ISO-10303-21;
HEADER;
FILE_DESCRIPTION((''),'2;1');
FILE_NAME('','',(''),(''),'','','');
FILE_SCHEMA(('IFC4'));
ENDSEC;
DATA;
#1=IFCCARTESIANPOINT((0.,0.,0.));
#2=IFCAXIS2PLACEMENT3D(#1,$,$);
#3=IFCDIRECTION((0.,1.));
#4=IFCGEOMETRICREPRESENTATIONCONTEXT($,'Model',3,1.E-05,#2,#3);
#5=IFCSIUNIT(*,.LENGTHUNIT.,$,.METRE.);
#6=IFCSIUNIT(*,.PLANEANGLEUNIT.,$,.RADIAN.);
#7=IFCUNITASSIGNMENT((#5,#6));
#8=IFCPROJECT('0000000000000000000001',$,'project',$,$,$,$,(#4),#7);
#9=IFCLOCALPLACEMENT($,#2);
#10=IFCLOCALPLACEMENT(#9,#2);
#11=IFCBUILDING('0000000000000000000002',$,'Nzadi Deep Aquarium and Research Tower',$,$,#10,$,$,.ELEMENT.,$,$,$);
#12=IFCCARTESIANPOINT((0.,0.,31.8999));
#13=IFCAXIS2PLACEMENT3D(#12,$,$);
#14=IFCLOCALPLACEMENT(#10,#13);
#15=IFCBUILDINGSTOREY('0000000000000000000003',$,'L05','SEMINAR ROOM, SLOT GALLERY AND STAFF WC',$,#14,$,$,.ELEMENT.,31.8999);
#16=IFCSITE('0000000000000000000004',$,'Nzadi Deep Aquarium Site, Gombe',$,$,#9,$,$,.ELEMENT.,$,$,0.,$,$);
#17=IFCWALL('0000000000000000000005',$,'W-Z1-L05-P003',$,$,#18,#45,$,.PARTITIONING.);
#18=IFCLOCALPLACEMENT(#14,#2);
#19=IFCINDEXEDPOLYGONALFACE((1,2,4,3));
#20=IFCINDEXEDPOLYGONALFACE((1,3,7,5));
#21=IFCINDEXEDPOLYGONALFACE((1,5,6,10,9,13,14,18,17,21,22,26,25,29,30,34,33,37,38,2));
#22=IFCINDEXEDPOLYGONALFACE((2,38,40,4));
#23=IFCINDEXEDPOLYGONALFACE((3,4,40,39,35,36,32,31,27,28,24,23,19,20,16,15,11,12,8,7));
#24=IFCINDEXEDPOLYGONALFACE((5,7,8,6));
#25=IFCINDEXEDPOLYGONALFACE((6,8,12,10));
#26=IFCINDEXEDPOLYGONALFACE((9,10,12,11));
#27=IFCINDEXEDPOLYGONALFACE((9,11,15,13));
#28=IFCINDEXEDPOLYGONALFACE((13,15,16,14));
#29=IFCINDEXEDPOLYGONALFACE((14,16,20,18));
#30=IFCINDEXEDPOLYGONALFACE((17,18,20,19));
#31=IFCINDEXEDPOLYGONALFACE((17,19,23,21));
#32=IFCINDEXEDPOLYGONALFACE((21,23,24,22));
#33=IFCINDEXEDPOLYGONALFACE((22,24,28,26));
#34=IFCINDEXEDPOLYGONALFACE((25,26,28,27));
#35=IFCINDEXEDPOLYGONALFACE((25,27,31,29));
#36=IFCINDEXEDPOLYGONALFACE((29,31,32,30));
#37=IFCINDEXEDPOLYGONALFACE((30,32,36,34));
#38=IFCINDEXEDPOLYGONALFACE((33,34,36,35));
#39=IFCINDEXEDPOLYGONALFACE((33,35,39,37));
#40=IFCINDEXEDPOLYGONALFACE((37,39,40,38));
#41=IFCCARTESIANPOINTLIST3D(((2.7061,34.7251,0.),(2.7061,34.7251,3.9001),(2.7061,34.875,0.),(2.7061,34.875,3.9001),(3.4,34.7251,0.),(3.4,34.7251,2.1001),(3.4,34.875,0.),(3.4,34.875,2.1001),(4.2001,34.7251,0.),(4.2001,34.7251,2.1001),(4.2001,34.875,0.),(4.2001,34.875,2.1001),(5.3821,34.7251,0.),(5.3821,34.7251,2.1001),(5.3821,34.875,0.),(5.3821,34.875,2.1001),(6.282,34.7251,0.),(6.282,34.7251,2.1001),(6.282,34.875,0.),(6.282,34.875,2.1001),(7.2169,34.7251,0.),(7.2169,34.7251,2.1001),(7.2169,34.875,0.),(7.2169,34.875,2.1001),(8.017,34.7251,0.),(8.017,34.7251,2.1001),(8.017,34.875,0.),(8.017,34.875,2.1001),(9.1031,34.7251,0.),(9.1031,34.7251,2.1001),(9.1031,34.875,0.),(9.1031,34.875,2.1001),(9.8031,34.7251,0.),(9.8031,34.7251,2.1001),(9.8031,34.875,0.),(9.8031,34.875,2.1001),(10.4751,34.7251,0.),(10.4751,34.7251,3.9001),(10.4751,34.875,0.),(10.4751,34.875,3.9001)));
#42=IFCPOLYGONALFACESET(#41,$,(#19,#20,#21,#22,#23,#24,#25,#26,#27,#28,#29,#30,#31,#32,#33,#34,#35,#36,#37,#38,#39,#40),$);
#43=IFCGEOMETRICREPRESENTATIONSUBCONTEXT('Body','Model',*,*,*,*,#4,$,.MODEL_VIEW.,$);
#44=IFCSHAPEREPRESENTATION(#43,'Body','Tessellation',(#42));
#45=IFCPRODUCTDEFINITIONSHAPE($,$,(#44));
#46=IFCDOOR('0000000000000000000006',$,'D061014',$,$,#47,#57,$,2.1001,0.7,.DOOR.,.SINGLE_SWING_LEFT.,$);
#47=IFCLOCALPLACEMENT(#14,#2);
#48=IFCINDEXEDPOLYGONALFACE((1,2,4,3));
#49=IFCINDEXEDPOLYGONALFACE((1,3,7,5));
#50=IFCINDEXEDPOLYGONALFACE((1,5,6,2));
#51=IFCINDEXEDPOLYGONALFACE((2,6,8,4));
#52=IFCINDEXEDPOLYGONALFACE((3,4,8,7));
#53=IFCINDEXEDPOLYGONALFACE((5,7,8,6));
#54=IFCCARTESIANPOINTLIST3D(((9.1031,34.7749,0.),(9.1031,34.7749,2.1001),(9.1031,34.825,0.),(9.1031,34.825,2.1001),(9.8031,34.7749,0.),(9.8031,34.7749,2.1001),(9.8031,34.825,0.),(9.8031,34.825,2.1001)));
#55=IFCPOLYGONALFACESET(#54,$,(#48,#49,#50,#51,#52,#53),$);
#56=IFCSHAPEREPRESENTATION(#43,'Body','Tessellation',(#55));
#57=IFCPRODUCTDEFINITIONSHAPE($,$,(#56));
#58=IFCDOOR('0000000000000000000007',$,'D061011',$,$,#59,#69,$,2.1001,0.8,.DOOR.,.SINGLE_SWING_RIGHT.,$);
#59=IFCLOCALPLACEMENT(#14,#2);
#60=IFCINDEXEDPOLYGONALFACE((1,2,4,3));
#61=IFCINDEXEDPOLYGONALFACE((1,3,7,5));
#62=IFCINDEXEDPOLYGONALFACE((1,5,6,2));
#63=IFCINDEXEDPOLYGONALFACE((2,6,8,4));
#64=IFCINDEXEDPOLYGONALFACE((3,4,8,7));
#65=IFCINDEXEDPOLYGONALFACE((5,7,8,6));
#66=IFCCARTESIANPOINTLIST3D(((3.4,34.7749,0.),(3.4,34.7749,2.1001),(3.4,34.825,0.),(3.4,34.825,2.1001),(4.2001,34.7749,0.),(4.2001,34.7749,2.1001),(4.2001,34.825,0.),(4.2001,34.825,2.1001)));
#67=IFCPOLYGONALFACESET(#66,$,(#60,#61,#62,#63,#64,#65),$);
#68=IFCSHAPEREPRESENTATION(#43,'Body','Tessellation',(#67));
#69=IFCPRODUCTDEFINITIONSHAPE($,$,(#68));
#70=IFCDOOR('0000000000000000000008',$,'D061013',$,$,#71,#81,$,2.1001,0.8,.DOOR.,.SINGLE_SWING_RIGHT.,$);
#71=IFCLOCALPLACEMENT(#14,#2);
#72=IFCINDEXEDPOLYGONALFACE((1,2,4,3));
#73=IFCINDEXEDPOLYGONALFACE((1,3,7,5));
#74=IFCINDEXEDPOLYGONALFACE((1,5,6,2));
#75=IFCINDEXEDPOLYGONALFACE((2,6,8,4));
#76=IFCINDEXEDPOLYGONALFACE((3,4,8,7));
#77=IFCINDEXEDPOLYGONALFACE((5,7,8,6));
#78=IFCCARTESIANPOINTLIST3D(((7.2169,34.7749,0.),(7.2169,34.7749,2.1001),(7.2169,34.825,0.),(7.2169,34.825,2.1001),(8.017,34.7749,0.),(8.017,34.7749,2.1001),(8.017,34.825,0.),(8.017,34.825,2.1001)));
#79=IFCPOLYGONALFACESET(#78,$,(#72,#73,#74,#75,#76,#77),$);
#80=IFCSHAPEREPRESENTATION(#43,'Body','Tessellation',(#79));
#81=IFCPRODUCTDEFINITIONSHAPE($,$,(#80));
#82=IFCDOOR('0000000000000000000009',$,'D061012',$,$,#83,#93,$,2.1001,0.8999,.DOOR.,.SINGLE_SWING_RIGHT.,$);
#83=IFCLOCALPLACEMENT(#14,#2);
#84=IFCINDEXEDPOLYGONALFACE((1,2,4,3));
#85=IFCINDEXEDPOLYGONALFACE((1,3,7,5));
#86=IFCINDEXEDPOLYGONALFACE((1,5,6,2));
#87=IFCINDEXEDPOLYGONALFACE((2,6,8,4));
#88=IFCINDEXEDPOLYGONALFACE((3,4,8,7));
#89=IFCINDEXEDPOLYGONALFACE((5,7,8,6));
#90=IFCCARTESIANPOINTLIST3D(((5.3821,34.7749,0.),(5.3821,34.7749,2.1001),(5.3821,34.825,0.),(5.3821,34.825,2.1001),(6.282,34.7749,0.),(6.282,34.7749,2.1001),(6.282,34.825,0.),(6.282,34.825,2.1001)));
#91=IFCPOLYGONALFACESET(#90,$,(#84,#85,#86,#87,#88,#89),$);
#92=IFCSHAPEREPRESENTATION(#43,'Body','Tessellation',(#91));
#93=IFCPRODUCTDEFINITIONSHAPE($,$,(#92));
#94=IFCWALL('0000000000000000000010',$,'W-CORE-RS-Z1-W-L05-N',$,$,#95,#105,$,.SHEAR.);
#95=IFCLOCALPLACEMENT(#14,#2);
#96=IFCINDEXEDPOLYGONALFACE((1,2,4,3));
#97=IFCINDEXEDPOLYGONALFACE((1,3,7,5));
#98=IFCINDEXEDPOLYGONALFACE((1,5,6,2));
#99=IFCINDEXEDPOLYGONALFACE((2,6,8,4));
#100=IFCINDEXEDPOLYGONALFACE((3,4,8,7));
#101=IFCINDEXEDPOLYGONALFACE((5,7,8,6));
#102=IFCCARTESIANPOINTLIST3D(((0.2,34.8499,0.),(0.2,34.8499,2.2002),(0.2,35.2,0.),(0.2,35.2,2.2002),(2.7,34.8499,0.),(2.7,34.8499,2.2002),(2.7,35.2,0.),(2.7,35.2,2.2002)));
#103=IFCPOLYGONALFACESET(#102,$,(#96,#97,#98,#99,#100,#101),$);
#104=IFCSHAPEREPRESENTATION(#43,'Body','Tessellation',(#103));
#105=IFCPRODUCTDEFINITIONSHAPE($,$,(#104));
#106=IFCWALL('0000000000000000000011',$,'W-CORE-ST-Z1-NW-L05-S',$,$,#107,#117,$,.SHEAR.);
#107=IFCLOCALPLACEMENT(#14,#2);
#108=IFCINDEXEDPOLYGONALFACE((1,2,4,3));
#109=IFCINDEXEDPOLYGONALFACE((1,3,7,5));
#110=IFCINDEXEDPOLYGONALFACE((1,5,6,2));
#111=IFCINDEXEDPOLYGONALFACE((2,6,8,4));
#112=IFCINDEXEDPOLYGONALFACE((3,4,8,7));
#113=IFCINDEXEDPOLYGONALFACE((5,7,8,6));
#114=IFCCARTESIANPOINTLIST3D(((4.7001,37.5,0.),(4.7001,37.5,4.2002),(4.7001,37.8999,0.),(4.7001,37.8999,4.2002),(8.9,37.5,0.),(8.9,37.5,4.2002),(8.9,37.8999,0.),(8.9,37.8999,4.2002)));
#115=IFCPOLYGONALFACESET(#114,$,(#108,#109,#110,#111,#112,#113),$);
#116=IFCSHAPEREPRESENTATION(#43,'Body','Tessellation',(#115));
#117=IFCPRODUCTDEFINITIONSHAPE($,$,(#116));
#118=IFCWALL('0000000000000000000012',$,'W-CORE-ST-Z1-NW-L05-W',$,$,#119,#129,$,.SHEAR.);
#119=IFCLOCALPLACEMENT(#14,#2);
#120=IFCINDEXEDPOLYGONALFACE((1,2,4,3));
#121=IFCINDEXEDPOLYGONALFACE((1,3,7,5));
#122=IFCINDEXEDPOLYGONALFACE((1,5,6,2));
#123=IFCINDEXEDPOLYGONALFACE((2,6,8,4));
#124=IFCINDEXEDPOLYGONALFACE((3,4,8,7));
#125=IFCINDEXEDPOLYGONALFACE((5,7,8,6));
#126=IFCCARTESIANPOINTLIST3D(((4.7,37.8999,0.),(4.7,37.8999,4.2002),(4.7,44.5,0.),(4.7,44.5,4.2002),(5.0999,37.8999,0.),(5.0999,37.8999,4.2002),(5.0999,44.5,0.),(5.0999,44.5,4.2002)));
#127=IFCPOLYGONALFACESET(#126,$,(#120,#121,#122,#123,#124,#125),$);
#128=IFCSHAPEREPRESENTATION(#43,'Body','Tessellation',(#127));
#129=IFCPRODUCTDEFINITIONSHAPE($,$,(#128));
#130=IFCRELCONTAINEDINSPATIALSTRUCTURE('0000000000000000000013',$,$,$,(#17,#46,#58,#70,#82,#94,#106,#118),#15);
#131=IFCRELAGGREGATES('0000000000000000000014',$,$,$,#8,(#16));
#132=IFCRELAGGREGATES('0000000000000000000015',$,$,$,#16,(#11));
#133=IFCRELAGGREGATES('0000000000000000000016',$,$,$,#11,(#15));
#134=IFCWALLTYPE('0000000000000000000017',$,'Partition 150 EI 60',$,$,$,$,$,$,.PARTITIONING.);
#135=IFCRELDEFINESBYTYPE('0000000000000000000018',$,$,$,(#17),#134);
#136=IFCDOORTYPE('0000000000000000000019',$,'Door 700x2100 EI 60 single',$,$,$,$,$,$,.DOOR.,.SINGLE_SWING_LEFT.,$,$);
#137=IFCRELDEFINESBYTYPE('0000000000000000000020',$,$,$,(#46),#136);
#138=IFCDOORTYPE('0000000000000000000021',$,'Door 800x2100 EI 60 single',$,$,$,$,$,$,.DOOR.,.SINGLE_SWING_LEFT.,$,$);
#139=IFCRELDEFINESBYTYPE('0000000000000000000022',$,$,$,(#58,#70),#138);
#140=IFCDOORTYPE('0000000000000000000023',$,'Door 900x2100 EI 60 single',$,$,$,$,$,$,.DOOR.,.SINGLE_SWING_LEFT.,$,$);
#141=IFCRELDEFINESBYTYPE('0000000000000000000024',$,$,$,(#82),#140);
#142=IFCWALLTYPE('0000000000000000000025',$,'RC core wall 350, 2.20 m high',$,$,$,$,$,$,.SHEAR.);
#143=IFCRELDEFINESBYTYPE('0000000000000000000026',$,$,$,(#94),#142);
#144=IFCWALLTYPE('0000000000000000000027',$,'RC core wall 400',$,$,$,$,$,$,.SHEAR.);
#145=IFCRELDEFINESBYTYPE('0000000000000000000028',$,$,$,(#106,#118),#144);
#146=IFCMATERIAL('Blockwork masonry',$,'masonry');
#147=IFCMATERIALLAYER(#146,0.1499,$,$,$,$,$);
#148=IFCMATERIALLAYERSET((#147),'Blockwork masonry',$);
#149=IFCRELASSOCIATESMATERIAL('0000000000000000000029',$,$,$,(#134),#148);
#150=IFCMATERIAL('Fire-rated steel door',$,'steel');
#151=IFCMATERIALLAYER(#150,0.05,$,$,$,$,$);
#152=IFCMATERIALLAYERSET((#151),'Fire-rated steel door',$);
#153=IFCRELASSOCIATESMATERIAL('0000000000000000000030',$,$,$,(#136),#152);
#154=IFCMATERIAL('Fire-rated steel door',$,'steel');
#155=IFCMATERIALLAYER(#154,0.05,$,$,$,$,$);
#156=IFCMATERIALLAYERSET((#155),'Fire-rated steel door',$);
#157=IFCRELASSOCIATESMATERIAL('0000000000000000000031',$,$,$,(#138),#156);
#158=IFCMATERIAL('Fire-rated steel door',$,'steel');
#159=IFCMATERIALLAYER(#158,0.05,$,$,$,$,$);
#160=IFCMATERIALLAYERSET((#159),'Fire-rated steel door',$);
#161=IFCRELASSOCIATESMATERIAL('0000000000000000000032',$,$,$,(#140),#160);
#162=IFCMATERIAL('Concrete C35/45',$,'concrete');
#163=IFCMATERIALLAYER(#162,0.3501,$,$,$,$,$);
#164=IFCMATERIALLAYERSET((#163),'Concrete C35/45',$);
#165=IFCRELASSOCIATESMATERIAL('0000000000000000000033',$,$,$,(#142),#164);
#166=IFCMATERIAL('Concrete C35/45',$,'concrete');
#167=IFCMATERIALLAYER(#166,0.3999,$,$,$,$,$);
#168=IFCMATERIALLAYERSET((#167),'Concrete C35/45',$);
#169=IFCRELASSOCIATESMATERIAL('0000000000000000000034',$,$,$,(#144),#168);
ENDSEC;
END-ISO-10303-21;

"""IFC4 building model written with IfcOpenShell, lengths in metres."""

from ifc_helpers import new_model, si_unit, direction, frame, frame_2d, origin, place, context, subcontext, project, spatial, rectangle, extrude, material, layer, layer_set, type_object, element, fill, save


model = new_model("IFC4")

# Units and contexts
model_context = context("Model", 3, precision=1e-05, world=origin(), true_north=direction((0.0, 1.0)))
body_context = subcontext(model_context, "Body", "Model", "MODEL_VIEW")
ifc_project = project(units=[si_unit("LENGTHUNIT", "METRE"), si_unit("PLANEANGLEUNIT", "RADIAN")], contexts=[model_context])

# Site, building, storey
site_placement = place(None, origin())
site = spatial("IfcSite", under=ifc_project, at=site_placement, Name="Nzadi Deep Aquarium Site, Gombe", CompositionType="ELEMENT", RefElevation=0.0)
building_placement = place(site_placement, origin())
building = spatial("IfcBuilding", under=site, at=building_placement, Name="Nzadi Deep Aquarium and Research Tower", CompositionType="ELEMENT")
storey_placement = place(building_placement, frame((0.0, 0.0, 31.8999)))
storey = spatial("IfcBuildingStorey", under=building, at=storey_placement, Name="L05", Description="SEMINAR ROOM, SLOT GALLERY AND STAFF WC", CompositionType="ELEMENT", Elevation=31.8999)

# Shared definitions
ifc_material_1 = material(Name="Blockwork masonry", Category="masonry")
ifc_layer_1 = layer(ifc_material_1, 0.1499)
ifc_layer_set_1 = layer_set([ifc_layer_1], Name="Blockwork masonry")
wall_type_1 = type_object("IfcWallType", Name="Partition 150 EI 60", PredefinedType="PARTITIONING", material=ifc_layer_set_1)

# Wall, openings, doors
wall_1_placement = place(storey_placement, frame((2.7061, 34.8, 0.0), z_axis=(0.0, 0.0, 1.0), x_axis=(1.0, 0.0, 0.0)))
wall_1 = element("IfcWall", 1, at=wall_1_placement, inside=storey, type_object=wall_type_1, Name="W-Z1-L05-P003", PredefinedType="PARTITIONING", context=body_context, shape_type="SweptSolid", body=[
    extrude(rectangle(XDim=7.769, YDim=0.1499, at=frame_2d((3.8845, 0.0))), origin(), (0.0, 0.0, 1.0), 3.9001),
])
opening_1_placement = place(wall_1_placement, frame((0.6941, 0.0, 0.0)))
opening_1 = element("IfcOpeningElement", 2, at=opening_1_placement, cuts=wall_1, PredefinedType="OPENING", context=body_context, shape_type="SweptSolid", body=[
    extrude(rectangle(XDim=0.8, YDim=2.1001, at=frame_2d((0.3999, 1.05))), frame((0.0, 0.085, 0.0), z_axis=(0.0, -1.0, 0.0), x_axis=(1.0, 0.0, 0.0)), (0.0, 0.0, 1.0), 0.1699),
])
opening_2_placement = place(wall_1_placement, frame((2.676, 0.0, 0.0)))
opening_2 = element("IfcOpeningElement", 3, at=opening_2_placement, cuts=wall_1, PredefinedType="OPENING", context=body_context, shape_type="SweptSolid", body=[
    extrude(rectangle(XDim=0.8999, YDim=2.1001, at=frame_2d((0.45, 1.05))), frame((0.0, 0.085, 0.0), z_axis=(0.0, -1.0, 0.0), x_axis=(1.0, 0.0, 0.0)), (0.0, 0.0, 1.0), 0.1699),
])
opening_3_placement = place(wall_1_placement, frame((4.511, 0.0, 0.0)))
opening_3 = element("IfcOpeningElement", 4, at=opening_3_placement, cuts=wall_1, PredefinedType="OPENING", context=body_context, shape_type="SweptSolid", body=[
    extrude(rectangle(XDim=0.8, YDim=2.1001, at=frame_2d((0.3999, 1.05))), frame((0.0, 0.085, 0.0), z_axis=(0.0, -1.0, 0.0), x_axis=(1.0, 0.0, 0.0)), (0.0, 0.0, 1.0), 0.1699),
])
opening_4_placement = place(wall_1_placement, frame((6.397, 0.0, 0.0)))
opening_4 = element("IfcOpeningElement", 5, at=opening_4_placement, cuts=wall_1, PredefinedType="OPENING", context=body_context, shape_type="SweptSolid", body=[
    extrude(rectangle(XDim=0.7, YDim=2.1001, at=frame_2d((0.3501, 1.05))), frame((0.0, 0.085, 0.0), z_axis=(0.0, -1.0, 0.0), x_axis=(1.0, 0.0, 0.0)), (0.0, 0.0, 1.0), 0.1699),
])
ifc_material_2 = material(Name="Fire-rated steel door", Category="steel")
ifc_layer_2 = layer(ifc_material_2, 0.05)
ifc_layer_set_2 = layer_set([ifc_layer_2], Name="Fire-rated steel door")
door_type_1 = type_object("IfcDoorType", Name="Door 700x2100 EI 60 single", OperationType="SINGLE_SWING_LEFT", PredefinedType="DOOR", material=ifc_layer_set_2)
door_1_placement = place(opening_4_placement, origin())
door_1 = element("IfcDoor", 6, at=door_1_placement, inside=storey, type_object=door_type_1, Name="D061014", OperationType="SINGLE_SWING_LEFT", OverallHeight=2.1001, OverallWidth=0.7, PredefinedType="DOOR", context=body_context, shape_type="SweptSolid", body=[
    extrude(rectangle(XDim=0.7, YDim=2.1001, at=frame_2d((0.3501, 1.05))), frame((0.0, 0.0249, 0.0), z_axis=(0.0, -1.0, 0.0), x_axis=(1.0, 0.0, 0.0)), (0.0, 0.0, 1.0), 0.05),
])
fill(opening_4, door_1)
ifc_material_3 = material(Name="Fire-rated steel door", Category="steel")
ifc_layer_3 = layer(ifc_material_3, 0.05)
ifc_layer_set_3 = layer_set([ifc_layer_3], Name="Fire-rated steel door")
door_type_2 = type_object("IfcDoorType", Name="Door 800x2100 EI 60 single", OperationType="SINGLE_SWING_LEFT", PredefinedType="DOOR", material=ifc_layer_set_3)
door_2_placement = place(opening_1_placement, origin())
door_2 = element("IfcDoor", 7, at=door_2_placement, inside=storey, type_object=door_type_2, Name="D061011", OperationType="SINGLE_SWING_RIGHT", OverallHeight=2.1001, OverallWidth=0.8, PredefinedType="DOOR", context=body_context, shape_type="SweptSolid", body=[
    extrude(rectangle(XDim=0.8, YDim=2.1001, at=frame_2d((0.3999, 1.05))), frame((0.0, 0.0249, 0.0), z_axis=(0.0, -1.0, 0.0), x_axis=(1.0, 0.0, 0.0)), (0.0, 0.0, 1.0), 0.05),
])
fill(opening_1, door_2)
door_3_placement = place(opening_3_placement, origin())
door_3 = element("IfcDoor", 8, at=door_3_placement, inside=storey, type_object=door_type_2, Name="D061013", OperationType="SINGLE_SWING_RIGHT", OverallHeight=2.1001, OverallWidth=0.8, PredefinedType="DOOR", context=body_context, shape_type="SweptSolid", body=[
    extrude(rectangle(XDim=0.8, YDim=2.1001, at=frame_2d((0.3999, 1.05))), frame((0.0, 0.0249, 0.0), z_axis=(0.0, -1.0, 0.0), x_axis=(1.0, 0.0, 0.0)), (0.0, 0.0, 1.0), 0.05),
])
fill(opening_3, door_3)
ifc_material_4 = material(Name="Fire-rated steel door", Category="steel")
ifc_layer_4 = layer(ifc_material_4, 0.05)
ifc_layer_set_4 = layer_set([ifc_layer_4], Name="Fire-rated steel door")
door_type_3 = type_object("IfcDoorType", Name="Door 900x2100 EI 60 single", OperationType="SINGLE_SWING_LEFT", PredefinedType="DOOR", material=ifc_layer_set_4)
door_4_placement = place(opening_2_placement, origin())
door_4 = element("IfcDoor", 9, at=door_4_placement, inside=storey, type_object=door_type_3, Name="D061012", OperationType="SINGLE_SWING_RIGHT", OverallHeight=2.1001, OverallWidth=0.8999, PredefinedType="DOOR", context=body_context, shape_type="SweptSolid", body=[
    extrude(rectangle(XDim=0.8999, YDim=2.1001, at=frame_2d((0.45, 1.05))), frame((0.0, 0.0249, 0.0), z_axis=(0.0, -1.0, 0.0), x_axis=(1.0, 0.0, 0.0)), (0.0, 0.0, 1.0), 0.05),
])
fill(opening_2, door_4)

# Walls
ifc_material_5 = material(Name="Concrete C35/45", Category="concrete")
ifc_layer_5 = layer(ifc_material_5, 0.3501)
ifc_layer_set_5 = layer_set([ifc_layer_5], Name="Concrete C35/45")
wall_type_2 = type_object("IfcWallType", Name="RC core wall 350, 2.20 m high", PredefinedType="SHEAR", material=ifc_layer_set_5)
wall_2_placement = place(storey_placement, frame((0.2, 35.0249, 0.0), z_axis=(0.0, 0.0, 1.0), x_axis=(1.0, 0.0, 0.0)))
element("IfcWall", 10, at=wall_2_placement, inside=storey, type_object=wall_type_2, Name="W-CORE-RS-Z1-W-L05-N", PredefinedType="SHEAR", context=body_context, shape_type="SweptSolid", body=[
    extrude(rectangle(XDim=2.5, YDim=0.3501, at=frame_2d((1.25, 0.0))), origin(), (0.0, 0.0, 1.0), 2.2002),
])
ifc_material_6 = material(Name="Concrete C35/45", Category="concrete")
ifc_layer_6 = layer(ifc_material_6, 0.3999)
ifc_layer_set_6 = layer_set([ifc_layer_6], Name="Concrete C35/45")
wall_type_3 = type_object("IfcWallType", Name="RC core wall 400", PredefinedType="SHEAR", material=ifc_layer_set_6)
wall_3_placement = place(storey_placement, frame((4.7, 37.7, 0.0), z_axis=(0.0, 0.0, 1.0), x_axis=(1.0, 0.0, 0.0)))
element("IfcWall", 11, at=wall_3_placement, inside=storey, type_object=wall_type_3, Name="W-CORE-ST-Z1-NW-L05-S", PredefinedType="SHEAR", context=body_context, shape_type="SweptSolid", body=[
    extrude(rectangle(XDim=4.2, YDim=0.3999, at=frame_2d((2.1001, 0.0))), origin(), (0.0, 0.0, 1.0), 4.2002),
])
wall_4_placement = place(storey_placement, frame((4.8999, 37.8999, 0.0), z_axis=(0.0, 0.0, 1.0), x_axis=(0.0, 1.0, 0.0)))
element("IfcWall", 12, at=wall_4_placement, inside=storey, type_object=wall_type_3, Name="W-CORE-ST-Z1-NW-L05-W", PredefinedType="SHEAR", context=body_context, shape_type="SweptSolid", body=[
    extrude(rectangle(XDim=6.6001, YDim=0.3999, at=frame_2d((3.3, 0.0))), origin(), (0.0, 0.0, 1.0), 4.2002),
])

save(model, "model.ifc")
